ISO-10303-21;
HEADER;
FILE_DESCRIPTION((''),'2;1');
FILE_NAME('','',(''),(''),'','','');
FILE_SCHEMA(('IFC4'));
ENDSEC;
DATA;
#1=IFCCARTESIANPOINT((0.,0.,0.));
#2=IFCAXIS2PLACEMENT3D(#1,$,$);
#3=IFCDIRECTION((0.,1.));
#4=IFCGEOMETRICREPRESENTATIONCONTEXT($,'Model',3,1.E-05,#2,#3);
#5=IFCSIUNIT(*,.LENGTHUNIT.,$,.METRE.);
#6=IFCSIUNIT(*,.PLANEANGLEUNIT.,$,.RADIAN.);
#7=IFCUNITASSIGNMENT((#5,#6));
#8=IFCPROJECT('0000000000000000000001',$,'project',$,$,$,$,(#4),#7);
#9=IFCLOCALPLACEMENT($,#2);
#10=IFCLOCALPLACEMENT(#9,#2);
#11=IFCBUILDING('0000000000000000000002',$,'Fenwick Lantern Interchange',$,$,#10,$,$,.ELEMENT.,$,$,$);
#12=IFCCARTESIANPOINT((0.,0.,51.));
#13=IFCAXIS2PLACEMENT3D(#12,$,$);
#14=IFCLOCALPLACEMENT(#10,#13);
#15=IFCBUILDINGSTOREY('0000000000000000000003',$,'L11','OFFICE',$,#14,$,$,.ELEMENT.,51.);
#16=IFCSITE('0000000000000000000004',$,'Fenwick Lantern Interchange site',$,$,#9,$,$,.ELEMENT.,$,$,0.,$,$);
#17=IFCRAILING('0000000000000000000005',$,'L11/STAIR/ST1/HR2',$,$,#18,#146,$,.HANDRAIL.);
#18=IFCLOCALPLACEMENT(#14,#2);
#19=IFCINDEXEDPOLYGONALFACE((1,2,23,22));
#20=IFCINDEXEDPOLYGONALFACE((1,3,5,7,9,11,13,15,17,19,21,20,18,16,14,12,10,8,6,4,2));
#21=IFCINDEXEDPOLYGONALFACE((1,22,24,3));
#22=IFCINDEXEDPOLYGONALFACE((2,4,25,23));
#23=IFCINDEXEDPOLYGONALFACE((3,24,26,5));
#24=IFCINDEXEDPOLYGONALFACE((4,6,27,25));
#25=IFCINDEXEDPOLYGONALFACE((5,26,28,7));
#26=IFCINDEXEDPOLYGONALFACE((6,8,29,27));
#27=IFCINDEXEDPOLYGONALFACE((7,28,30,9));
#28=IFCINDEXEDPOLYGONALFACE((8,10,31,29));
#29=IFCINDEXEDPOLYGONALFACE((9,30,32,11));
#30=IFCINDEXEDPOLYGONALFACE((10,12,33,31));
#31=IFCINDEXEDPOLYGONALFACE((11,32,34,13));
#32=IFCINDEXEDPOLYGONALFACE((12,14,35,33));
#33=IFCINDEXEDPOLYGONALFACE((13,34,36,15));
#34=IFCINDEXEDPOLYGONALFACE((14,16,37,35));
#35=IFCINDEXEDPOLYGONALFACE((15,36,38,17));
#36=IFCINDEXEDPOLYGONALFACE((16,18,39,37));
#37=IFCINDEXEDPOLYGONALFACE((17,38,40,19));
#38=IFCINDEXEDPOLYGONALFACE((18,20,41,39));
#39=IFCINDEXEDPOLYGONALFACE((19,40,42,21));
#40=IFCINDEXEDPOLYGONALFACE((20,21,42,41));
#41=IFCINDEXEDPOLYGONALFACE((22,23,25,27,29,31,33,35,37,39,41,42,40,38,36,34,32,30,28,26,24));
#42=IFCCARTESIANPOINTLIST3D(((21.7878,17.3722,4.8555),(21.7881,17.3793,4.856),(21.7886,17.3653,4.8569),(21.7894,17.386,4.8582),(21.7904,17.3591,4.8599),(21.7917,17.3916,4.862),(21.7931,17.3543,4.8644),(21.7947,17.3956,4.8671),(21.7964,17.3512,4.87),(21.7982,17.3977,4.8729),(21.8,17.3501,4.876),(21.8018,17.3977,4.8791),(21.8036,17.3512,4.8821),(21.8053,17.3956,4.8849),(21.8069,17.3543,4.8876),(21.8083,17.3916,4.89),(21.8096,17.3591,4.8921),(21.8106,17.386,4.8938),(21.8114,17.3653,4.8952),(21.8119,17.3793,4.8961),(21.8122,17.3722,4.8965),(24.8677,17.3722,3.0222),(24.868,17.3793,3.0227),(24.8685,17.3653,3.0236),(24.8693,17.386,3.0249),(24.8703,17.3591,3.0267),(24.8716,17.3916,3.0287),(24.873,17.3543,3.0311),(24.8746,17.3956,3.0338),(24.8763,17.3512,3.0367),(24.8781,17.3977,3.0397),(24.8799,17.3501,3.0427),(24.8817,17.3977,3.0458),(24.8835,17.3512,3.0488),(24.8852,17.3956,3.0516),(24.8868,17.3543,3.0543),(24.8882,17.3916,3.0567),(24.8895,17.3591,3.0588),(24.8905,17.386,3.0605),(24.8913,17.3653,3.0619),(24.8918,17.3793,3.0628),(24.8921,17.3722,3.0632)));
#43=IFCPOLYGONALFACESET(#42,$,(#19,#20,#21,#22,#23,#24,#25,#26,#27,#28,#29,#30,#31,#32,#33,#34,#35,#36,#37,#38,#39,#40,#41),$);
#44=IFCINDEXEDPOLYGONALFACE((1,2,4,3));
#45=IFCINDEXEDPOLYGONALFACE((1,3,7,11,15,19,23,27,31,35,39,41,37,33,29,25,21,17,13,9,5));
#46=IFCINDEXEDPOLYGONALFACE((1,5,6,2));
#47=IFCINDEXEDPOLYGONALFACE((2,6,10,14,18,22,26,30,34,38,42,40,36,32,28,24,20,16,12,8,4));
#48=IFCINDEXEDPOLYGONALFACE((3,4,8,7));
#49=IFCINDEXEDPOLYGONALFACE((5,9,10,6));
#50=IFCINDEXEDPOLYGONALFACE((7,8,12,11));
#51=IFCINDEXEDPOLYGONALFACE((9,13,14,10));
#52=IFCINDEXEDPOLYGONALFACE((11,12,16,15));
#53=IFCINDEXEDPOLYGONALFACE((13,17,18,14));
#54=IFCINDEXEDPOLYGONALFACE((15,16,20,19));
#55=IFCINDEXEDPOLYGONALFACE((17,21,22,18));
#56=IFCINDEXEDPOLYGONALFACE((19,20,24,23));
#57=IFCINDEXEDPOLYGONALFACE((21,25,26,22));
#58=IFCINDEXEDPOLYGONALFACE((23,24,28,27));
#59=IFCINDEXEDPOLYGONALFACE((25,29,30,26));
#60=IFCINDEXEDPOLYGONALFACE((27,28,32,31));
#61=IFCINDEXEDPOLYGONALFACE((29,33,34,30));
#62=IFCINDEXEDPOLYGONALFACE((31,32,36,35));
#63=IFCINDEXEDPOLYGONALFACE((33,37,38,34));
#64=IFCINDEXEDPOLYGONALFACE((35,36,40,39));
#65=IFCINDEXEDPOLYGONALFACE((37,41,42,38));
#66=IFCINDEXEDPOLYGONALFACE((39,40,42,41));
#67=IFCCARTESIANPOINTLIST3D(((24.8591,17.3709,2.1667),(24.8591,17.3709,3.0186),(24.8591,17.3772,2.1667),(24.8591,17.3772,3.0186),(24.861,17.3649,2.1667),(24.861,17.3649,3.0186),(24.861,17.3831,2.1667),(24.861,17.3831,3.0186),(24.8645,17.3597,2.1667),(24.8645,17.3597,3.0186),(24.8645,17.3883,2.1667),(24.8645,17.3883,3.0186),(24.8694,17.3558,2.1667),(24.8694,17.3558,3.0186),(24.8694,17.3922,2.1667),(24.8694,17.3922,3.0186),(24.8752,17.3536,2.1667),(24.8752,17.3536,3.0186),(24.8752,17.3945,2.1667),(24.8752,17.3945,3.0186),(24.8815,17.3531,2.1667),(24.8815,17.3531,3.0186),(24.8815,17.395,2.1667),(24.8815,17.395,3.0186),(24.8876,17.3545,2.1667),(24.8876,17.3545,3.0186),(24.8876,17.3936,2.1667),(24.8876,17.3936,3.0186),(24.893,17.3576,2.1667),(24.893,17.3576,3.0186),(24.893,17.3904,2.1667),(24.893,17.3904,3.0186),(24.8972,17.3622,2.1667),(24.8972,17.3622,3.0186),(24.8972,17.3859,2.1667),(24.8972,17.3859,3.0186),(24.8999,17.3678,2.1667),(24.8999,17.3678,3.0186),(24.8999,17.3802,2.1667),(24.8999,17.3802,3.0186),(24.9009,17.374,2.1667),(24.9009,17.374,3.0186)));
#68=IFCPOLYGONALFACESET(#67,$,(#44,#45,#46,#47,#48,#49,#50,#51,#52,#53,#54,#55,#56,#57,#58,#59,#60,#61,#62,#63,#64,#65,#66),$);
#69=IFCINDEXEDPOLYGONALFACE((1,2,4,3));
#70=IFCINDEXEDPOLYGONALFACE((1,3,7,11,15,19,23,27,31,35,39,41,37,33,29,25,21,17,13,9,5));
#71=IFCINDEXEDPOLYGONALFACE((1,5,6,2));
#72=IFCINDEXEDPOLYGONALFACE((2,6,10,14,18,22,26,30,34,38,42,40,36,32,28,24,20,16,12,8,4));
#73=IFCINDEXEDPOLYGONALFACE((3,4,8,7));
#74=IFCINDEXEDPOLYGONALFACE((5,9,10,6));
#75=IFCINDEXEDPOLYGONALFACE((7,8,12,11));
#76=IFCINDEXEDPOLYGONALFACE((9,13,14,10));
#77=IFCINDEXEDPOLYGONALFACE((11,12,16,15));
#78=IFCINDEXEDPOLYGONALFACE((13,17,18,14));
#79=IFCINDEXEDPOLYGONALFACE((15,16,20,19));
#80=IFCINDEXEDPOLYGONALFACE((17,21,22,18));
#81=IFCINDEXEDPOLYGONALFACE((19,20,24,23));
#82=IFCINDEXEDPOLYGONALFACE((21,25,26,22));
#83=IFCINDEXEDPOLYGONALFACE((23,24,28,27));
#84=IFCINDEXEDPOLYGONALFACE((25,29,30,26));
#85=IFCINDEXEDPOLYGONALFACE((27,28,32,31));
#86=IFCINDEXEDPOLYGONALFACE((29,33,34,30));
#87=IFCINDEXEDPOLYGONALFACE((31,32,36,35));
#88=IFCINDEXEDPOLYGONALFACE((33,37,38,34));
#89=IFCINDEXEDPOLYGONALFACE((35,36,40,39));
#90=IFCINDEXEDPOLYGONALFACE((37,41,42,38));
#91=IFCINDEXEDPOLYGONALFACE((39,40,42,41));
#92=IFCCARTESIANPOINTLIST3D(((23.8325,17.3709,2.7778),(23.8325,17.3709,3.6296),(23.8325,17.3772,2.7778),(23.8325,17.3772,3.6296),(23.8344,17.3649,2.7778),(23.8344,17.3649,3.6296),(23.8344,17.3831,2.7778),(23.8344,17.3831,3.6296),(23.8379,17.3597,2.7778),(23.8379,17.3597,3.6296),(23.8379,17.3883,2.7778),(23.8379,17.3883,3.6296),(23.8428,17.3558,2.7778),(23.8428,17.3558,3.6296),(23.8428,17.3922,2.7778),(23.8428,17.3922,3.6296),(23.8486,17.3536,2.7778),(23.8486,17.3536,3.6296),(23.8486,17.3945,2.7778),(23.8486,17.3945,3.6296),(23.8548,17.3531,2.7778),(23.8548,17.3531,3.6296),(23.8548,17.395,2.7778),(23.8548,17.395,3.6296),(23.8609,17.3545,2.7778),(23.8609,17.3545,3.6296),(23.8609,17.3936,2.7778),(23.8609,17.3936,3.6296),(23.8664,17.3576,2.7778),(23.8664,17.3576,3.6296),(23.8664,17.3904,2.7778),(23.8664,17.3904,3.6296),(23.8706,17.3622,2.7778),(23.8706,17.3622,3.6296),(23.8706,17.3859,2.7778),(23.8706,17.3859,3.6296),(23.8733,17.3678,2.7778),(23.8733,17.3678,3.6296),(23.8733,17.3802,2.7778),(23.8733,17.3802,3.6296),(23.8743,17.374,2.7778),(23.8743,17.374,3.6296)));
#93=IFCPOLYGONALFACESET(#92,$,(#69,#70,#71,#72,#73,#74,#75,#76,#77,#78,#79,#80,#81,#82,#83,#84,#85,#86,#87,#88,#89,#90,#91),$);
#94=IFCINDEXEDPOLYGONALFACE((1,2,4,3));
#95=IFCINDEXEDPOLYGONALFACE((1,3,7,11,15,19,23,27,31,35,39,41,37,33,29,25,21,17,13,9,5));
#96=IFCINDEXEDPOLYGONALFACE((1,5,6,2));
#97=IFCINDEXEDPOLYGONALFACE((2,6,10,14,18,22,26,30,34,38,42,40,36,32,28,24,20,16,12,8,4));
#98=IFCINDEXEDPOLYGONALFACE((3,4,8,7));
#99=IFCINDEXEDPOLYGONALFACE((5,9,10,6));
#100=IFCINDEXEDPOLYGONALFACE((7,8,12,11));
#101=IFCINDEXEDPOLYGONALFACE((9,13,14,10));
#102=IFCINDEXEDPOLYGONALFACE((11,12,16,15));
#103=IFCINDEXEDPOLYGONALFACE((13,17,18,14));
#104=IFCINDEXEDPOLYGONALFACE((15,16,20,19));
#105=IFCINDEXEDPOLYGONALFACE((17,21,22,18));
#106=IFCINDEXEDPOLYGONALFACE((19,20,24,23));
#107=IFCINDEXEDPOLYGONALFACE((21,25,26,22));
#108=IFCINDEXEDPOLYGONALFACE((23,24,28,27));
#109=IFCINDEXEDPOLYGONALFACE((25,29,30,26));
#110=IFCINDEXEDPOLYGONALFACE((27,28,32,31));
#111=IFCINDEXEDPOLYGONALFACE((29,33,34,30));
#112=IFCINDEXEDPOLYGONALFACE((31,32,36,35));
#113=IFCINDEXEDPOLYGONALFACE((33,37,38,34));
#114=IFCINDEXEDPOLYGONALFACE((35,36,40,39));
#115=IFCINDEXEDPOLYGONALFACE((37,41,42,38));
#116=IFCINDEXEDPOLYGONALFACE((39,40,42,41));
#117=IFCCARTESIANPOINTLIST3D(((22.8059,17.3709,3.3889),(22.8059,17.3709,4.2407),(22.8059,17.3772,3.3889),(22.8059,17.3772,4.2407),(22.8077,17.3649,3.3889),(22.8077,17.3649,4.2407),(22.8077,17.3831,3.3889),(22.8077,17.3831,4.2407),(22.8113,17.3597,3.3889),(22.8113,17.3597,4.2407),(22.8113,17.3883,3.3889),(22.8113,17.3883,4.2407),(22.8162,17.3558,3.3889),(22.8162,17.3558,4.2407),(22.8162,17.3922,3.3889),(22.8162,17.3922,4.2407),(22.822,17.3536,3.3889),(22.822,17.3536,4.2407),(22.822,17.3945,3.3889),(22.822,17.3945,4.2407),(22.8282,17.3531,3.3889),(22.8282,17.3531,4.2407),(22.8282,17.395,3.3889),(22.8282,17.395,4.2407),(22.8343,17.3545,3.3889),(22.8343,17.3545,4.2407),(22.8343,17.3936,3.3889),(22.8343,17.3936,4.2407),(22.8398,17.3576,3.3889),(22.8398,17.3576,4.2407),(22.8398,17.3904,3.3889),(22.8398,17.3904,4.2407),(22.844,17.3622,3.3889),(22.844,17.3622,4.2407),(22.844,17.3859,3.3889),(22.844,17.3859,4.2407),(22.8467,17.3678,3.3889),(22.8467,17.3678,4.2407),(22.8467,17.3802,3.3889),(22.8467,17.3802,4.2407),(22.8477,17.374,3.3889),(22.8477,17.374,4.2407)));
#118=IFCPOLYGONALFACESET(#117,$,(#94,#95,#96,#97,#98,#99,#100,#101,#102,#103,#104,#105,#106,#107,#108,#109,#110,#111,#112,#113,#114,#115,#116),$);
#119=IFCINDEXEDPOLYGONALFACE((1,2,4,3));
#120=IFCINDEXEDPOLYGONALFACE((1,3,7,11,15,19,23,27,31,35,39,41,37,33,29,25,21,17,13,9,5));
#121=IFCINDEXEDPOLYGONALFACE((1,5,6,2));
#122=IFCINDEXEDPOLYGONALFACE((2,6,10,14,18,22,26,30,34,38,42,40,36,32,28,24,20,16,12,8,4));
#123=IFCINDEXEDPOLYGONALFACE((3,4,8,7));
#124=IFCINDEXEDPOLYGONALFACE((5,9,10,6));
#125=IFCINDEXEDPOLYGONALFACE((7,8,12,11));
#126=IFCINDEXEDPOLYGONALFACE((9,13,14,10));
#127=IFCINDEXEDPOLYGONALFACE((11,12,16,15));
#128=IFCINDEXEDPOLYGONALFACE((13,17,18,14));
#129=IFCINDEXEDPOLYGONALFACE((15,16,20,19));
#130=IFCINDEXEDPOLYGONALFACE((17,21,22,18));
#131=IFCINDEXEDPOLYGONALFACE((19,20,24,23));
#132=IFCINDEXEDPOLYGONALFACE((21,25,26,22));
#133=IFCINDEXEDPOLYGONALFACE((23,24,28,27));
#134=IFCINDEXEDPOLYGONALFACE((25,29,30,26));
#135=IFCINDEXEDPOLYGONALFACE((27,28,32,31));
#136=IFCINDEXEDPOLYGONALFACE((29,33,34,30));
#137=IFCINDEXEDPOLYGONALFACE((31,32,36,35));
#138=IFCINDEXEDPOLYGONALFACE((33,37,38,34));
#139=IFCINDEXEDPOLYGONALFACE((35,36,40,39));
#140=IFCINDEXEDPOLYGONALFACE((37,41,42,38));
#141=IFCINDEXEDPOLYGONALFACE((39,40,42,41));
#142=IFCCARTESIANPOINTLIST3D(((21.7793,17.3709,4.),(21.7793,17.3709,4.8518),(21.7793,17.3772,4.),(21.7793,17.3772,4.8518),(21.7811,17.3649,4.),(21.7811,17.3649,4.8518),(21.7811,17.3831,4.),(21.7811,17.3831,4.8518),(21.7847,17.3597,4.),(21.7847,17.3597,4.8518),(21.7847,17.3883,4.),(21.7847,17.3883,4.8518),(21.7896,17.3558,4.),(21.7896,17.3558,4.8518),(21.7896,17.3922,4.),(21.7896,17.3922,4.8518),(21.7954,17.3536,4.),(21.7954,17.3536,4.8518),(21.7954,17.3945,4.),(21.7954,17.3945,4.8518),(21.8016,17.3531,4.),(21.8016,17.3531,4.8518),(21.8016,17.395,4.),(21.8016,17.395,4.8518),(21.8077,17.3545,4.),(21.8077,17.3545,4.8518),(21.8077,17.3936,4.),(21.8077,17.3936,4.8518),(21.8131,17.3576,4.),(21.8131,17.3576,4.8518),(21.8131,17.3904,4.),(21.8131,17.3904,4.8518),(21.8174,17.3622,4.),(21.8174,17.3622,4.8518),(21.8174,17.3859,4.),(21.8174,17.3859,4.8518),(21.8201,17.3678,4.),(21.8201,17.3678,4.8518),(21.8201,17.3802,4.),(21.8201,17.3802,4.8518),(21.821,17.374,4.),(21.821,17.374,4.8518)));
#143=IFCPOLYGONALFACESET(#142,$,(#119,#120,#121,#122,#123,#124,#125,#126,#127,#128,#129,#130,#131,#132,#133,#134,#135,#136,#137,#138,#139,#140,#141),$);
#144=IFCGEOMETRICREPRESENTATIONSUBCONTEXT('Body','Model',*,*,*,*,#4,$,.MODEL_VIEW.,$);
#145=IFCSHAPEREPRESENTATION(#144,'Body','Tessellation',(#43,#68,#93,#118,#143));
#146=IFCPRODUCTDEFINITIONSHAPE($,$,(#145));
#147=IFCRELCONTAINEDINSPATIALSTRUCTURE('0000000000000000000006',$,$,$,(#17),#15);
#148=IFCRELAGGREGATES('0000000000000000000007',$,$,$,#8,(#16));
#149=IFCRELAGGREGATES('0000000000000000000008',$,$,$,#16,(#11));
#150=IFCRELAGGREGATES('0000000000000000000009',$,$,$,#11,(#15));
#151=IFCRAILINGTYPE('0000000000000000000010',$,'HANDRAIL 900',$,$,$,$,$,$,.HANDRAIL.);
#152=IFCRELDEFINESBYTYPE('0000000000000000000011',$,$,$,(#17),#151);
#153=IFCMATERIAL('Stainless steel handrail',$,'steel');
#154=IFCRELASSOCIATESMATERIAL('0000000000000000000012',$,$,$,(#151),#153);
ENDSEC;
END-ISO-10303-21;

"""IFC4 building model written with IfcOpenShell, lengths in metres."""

from ifc_helpers import new_model, si_unit, direction, frame, origin, origin_2d, place, context, subcontext, project, spatial, circle, extrude, material, type_object, element, save


model = new_model("IFC4")

# Units and contexts
model_context = context("Model", 3, precision=1e-05, world=origin(), true_north=direction((0.0, 1.0)))
body_context = subcontext(model_context, "Body", "Model", "MODEL_VIEW")
ifc_project = project(units=[si_unit("LENGTHUNIT", "METRE"), si_unit("PLANEANGLEUNIT", "RADIAN")], contexts=[model_context])

# Site, building, storey
site_placement = place(None, origin())
site = spatial("IfcSite", under=ifc_project, at=site_placement, Name="Fenwick Lantern Interchange site", CompositionType="ELEMENT", RefElevation=0.0)
building_placement = place(site_placement, origin())
building = spatial("IfcBuilding", under=site, at=building_placement, Name="Fenwick Lantern Interchange", CompositionType="ELEMENT")
storey_placement = place(building_placement, frame((0.0, 0.0, 51.0)))
storey = spatial("IfcBuildingStorey", under=building, at=storey_placement, Name="L11", Description="OFFICE", CompositionType="ELEMENT", Elevation=51.0)

# Railing
ifc_material_1 = material(Name="Stainless steel handrail", Category="steel")
railing_type = type_object("IfcRailingType", Name="HANDRAIL 900", PredefinedType="HANDRAIL", material=ifc_material_1)
railing_1_placement = place(storey_placement, frame((24.8799, 17.374, 2.1667)))
element("IfcRailing", 1, at=railing_1_placement, inside=storey, type_object=railing_type, Name="L11/STAIR/ST1/HR2", PredefinedType="HANDRAIL", context=body_context, shape_type="SweptSolid", body=[
    extrude(circle(Radius=0.0239, at=origin_2d()), frame((0.0, 0.0, 0.876), z_axis=(-0.859291, 0.0, 0.511487), x_axis=(0.0, -1.0, 0.0)), (0.0, 0.0, 1.0), 3.5842),
    extrude(circle(Radius=0.021, at=origin_2d()), origin(), (0.0, 0.0, 1.0), 0.8518),
    extrude(circle(Radius=0.021, at=origin_2d()), frame((-1.0266, 0.0, 0.6111)), (0.0, 0.0, 1.0), 0.8518),
    extrude(circle(Radius=0.021, at=origin_2d()), frame((-2.0532, 0.0, 1.2222)), (0.0, 0.0, 1.0), 0.8518),
    extrude(circle(Radius=0.021, at=origin_2d()), frame((-3.0798, 0.0, 1.8333)), (0.0, 0.0, 1.0), 0.8518),
])

save(model, "model.ifc")
